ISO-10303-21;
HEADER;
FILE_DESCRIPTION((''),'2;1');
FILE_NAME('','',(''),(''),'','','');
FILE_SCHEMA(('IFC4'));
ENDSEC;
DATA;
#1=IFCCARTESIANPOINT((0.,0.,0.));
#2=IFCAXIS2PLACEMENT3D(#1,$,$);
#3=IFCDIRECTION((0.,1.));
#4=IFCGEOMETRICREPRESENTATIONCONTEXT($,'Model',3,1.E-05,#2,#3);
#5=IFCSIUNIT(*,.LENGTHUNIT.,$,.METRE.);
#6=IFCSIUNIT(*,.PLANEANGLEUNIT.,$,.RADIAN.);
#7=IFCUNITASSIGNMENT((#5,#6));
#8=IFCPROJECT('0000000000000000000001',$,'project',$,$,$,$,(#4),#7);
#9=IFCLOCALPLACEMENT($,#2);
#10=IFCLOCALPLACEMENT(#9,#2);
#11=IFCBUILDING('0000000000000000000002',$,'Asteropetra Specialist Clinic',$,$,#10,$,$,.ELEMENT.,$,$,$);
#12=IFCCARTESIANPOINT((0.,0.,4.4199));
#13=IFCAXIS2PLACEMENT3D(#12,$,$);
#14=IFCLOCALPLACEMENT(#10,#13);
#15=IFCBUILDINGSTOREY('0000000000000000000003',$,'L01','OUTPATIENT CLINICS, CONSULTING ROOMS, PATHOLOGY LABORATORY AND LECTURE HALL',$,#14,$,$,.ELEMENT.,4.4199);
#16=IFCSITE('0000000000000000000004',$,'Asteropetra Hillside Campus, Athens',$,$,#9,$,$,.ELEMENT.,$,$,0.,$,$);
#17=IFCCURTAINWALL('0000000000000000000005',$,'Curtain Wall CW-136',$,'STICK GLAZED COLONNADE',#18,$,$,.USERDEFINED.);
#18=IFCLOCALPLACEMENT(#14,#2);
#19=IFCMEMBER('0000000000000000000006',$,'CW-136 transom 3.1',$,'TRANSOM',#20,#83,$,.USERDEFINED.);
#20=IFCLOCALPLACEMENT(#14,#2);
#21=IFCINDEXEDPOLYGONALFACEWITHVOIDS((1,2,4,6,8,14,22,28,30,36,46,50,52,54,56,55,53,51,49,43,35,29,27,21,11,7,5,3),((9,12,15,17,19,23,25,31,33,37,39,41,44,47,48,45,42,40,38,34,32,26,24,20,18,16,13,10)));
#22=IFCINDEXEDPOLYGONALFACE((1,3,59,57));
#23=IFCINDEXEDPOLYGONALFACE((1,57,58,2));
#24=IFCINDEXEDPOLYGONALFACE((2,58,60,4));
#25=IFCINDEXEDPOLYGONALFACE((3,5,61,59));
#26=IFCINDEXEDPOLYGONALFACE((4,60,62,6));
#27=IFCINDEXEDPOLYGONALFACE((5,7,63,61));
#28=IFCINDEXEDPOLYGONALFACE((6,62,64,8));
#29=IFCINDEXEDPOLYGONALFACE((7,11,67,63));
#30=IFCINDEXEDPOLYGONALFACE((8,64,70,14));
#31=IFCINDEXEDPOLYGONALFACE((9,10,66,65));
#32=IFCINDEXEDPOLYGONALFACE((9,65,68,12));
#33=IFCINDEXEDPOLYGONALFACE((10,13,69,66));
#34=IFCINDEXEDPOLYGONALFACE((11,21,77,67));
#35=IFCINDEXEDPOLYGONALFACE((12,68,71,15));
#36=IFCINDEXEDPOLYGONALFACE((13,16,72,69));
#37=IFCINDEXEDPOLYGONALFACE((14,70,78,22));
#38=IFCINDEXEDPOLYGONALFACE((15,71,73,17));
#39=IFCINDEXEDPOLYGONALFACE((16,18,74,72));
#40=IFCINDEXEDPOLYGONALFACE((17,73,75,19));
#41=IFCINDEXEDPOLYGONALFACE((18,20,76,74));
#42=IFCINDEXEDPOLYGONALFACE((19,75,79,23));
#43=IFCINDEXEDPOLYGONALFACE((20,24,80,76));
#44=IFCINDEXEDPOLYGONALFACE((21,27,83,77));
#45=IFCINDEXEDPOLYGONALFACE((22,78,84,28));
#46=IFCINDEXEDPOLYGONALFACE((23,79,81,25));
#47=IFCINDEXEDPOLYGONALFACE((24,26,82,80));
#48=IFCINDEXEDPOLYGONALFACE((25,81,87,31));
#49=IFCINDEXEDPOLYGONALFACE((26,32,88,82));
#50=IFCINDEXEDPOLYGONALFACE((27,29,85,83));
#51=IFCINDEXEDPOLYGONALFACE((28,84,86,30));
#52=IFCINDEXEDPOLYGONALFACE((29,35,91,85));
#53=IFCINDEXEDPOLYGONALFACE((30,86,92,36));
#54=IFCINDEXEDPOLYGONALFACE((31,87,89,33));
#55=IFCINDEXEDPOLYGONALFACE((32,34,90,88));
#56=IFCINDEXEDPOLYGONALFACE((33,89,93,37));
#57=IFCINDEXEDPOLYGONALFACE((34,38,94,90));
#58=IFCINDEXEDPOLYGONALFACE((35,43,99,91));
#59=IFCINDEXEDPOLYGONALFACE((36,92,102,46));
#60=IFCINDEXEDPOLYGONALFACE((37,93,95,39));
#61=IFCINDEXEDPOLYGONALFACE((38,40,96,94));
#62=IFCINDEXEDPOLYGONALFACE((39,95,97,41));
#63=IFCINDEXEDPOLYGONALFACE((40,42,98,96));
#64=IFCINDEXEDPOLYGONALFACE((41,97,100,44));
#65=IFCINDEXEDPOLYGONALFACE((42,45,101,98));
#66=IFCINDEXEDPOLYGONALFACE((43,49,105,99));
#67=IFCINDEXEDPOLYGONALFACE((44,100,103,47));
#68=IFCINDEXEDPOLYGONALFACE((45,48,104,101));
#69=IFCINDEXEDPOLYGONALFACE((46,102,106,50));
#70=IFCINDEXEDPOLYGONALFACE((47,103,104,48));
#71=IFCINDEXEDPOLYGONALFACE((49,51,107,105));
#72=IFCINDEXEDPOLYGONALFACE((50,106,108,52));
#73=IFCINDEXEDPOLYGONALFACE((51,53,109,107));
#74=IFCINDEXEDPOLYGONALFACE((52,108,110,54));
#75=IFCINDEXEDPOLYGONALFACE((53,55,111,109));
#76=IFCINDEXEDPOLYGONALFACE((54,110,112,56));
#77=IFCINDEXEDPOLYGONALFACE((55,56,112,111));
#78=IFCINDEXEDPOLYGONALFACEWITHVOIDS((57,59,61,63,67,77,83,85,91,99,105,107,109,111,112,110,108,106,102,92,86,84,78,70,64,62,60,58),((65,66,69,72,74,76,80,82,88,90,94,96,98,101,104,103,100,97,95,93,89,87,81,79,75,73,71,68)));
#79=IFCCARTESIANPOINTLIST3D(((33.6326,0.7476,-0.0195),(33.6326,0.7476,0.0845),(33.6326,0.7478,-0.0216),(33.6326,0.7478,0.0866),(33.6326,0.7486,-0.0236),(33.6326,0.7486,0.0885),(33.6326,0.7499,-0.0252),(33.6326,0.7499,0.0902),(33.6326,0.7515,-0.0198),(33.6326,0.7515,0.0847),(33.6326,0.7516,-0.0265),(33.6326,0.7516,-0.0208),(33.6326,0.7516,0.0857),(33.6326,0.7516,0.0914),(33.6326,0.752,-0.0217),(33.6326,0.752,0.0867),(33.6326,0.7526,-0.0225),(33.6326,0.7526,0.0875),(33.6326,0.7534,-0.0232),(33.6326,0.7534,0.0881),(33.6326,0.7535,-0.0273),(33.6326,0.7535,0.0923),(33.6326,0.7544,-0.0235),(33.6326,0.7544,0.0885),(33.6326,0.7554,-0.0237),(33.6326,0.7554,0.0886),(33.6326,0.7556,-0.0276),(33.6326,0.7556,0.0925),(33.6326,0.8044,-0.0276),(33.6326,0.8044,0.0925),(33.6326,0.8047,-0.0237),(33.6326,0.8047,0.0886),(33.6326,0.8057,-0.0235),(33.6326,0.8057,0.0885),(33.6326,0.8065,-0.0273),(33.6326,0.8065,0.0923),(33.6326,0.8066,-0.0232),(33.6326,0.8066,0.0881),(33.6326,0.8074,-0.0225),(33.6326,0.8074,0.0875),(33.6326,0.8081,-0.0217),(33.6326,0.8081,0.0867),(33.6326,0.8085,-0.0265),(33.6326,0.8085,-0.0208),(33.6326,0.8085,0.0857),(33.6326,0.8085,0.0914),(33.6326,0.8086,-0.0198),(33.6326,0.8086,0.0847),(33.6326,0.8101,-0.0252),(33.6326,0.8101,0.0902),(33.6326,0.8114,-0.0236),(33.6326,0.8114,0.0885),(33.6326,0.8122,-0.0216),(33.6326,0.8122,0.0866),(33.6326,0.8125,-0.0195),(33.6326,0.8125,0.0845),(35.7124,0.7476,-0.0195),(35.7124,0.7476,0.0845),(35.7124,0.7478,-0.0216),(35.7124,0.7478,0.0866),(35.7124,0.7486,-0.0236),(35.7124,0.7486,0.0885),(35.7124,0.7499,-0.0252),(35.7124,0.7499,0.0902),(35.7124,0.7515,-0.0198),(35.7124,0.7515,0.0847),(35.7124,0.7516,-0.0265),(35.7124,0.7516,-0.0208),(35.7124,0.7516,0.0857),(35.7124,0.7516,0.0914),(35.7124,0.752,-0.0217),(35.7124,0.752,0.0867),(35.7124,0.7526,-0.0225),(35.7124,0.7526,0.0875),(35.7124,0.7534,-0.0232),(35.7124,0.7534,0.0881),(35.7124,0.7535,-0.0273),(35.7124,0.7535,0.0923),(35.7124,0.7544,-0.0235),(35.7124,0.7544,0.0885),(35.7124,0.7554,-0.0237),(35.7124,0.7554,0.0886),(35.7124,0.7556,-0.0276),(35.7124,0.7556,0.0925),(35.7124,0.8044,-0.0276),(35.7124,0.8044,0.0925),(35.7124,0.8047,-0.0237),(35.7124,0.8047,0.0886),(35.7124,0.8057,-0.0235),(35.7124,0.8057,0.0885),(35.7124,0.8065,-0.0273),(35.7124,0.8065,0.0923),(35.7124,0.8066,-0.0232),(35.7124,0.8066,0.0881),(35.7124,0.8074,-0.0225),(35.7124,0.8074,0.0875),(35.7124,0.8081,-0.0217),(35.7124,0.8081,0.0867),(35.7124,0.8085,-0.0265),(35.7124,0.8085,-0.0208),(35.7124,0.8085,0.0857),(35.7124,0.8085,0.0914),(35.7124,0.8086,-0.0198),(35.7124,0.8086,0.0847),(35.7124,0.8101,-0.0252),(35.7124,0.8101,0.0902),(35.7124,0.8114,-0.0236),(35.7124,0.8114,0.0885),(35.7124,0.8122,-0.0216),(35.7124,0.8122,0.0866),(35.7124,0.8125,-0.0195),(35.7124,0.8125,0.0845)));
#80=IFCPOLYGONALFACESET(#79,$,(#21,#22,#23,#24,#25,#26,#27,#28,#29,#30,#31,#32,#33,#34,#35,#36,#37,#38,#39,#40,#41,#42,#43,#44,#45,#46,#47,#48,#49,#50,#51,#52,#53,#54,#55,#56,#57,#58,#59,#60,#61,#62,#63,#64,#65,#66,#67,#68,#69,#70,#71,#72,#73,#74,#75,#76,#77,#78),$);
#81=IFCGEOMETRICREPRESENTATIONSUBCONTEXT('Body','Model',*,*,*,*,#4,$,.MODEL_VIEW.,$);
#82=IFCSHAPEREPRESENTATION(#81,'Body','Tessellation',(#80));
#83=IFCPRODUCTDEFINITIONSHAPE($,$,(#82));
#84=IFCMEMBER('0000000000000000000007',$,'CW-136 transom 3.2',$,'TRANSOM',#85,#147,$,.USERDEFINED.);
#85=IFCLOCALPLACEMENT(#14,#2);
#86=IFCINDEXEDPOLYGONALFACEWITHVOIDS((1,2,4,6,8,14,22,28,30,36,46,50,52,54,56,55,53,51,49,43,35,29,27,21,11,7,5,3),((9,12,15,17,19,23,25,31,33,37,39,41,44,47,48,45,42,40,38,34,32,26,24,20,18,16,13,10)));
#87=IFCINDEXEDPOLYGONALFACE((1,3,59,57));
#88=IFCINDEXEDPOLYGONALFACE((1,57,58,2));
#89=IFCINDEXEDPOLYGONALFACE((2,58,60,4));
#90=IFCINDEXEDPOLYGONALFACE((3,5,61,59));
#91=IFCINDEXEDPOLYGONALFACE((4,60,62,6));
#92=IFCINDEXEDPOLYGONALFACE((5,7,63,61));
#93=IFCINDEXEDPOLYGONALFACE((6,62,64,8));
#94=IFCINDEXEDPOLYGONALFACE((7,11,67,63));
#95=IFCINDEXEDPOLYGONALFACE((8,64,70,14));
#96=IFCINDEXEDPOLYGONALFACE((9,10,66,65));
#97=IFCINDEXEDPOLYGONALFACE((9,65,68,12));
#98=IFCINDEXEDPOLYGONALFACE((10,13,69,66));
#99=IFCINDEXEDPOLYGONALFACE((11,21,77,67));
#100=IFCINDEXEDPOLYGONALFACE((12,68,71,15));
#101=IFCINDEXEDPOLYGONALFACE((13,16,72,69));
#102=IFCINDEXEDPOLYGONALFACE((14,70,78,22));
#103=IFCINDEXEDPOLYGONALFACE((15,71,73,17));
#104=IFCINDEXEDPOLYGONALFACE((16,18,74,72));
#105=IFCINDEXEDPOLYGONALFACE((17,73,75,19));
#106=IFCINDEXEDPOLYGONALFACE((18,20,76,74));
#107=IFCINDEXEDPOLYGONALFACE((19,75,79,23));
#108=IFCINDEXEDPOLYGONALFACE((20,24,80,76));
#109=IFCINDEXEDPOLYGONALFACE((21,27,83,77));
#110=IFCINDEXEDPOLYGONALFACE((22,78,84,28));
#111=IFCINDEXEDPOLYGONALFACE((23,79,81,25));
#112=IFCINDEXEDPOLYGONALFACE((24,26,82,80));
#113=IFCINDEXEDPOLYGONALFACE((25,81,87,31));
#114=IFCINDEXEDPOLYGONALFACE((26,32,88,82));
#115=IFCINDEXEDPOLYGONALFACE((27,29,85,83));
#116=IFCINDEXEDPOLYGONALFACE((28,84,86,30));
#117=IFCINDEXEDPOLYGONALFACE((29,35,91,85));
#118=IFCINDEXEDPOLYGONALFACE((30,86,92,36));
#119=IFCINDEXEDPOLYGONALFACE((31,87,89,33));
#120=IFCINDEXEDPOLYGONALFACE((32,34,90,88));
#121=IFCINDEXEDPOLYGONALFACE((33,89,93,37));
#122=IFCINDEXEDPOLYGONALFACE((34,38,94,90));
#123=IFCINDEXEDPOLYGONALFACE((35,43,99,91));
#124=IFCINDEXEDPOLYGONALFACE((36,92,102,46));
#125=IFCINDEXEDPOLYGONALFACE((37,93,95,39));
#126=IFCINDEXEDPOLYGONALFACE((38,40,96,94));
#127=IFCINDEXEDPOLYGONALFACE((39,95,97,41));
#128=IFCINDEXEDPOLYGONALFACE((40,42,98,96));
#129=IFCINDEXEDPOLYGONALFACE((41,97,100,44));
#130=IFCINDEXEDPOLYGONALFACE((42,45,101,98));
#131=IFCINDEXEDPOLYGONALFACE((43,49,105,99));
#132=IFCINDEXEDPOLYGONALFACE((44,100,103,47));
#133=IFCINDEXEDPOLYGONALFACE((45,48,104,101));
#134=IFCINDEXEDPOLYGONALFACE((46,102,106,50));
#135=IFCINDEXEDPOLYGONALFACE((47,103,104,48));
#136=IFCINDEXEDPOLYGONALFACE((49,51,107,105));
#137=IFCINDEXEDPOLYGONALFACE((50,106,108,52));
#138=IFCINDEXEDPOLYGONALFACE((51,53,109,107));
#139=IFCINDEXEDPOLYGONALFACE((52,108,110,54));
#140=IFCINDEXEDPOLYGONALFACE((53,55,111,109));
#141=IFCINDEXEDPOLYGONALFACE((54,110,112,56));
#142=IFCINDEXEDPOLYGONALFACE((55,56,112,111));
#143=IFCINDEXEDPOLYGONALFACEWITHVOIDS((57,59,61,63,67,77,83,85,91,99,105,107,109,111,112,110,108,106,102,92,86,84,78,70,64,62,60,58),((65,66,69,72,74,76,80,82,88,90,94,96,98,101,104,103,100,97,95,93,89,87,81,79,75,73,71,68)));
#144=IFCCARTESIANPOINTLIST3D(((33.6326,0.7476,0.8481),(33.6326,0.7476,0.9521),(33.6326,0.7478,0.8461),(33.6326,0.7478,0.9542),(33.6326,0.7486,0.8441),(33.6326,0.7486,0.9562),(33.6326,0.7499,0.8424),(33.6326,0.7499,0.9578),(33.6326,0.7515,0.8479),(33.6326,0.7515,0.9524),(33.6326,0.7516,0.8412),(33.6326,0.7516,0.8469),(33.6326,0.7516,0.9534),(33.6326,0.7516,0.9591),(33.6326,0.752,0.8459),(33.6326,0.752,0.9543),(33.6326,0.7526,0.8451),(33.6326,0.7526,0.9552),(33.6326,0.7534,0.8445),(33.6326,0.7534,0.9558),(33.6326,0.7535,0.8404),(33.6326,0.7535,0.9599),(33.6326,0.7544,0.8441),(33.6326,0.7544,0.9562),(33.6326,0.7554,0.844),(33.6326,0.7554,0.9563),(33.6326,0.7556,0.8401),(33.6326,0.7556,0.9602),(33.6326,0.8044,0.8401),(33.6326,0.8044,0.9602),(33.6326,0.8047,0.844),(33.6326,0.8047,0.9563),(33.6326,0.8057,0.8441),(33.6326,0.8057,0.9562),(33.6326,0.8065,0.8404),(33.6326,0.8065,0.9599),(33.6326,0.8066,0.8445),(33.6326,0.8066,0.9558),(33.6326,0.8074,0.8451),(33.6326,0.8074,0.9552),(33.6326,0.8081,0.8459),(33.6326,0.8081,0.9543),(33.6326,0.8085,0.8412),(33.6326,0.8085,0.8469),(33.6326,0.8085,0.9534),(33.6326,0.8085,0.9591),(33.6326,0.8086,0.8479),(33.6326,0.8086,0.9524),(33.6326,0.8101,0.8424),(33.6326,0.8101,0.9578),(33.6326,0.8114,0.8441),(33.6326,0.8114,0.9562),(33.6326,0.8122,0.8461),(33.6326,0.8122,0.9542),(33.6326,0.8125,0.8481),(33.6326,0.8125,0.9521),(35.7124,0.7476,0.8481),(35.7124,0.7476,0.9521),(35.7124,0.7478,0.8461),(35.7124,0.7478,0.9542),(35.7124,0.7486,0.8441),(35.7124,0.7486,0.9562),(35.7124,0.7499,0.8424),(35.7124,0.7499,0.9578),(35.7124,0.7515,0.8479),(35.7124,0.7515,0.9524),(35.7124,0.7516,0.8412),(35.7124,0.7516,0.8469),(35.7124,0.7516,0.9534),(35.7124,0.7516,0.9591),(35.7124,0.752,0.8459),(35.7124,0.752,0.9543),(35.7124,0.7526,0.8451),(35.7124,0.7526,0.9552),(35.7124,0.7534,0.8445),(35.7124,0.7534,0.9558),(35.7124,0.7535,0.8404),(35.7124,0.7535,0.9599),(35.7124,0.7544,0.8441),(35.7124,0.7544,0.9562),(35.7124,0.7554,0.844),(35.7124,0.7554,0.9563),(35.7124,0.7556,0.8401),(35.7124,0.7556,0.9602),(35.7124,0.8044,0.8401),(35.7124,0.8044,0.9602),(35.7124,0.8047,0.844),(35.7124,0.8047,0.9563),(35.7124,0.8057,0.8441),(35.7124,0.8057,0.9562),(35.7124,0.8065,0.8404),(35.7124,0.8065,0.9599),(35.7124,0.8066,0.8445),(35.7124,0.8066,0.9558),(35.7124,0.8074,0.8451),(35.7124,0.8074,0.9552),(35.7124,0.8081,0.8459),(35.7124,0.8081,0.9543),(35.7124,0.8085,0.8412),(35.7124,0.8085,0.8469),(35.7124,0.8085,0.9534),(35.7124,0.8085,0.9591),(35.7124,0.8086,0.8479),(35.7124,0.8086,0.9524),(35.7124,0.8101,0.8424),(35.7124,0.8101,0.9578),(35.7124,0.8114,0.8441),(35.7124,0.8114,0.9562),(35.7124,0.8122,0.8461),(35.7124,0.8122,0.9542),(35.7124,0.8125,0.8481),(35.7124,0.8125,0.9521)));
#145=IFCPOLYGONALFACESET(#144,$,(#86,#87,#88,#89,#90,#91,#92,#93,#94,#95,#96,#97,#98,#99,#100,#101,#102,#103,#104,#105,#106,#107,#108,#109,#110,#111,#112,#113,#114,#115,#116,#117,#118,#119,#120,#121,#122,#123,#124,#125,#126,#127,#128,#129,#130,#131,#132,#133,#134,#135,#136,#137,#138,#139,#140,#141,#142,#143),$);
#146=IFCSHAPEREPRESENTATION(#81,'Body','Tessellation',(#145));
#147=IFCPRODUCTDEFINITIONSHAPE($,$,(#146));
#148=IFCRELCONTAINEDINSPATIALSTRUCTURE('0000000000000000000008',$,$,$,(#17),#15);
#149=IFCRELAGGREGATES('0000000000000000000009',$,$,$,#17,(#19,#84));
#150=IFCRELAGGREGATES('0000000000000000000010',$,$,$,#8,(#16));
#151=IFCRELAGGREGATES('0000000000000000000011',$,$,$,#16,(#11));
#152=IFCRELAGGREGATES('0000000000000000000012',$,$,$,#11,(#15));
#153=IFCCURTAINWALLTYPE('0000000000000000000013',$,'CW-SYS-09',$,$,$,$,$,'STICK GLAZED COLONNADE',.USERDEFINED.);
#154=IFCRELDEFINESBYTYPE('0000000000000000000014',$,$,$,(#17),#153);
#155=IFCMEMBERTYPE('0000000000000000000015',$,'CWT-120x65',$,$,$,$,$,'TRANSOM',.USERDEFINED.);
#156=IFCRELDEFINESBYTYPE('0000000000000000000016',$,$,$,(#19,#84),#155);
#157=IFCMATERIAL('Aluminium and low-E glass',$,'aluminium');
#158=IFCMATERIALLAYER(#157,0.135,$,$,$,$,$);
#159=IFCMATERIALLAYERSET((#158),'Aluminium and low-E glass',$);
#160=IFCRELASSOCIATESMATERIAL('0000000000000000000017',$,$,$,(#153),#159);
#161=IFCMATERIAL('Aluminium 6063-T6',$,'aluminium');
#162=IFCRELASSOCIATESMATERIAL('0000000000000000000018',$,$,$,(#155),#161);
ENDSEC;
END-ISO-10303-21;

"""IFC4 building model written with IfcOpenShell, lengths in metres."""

from ifc_helpers import new_model, si_unit, direction, frame, origin, origin_2d, place, context, subcontext, project, spatial, hollow_rectangle, extrude, material, layer, layer_set, material_profile, profile_set, type_object, element, aggregate, save


model = new_model("IFC4")

# Units and contexts
model_context = context("Model", 3, precision=1e-05, world=origin(), true_north=direction((0.0, 1.0)))
body_context = subcontext(model_context, "Body", "Model", "MODEL_VIEW")
ifc_project = project(units=[si_unit("LENGTHUNIT", "METRE"), si_unit("PLANEANGLEUNIT", "RADIAN")], contexts=[model_context])

# Site, building, storey
site_placement = place(None, origin())
site = spatial("IfcSite", under=ifc_project, at=site_placement, Name="Asteropetra Hillside Campus, Athens", CompositionType="ELEMENT", RefElevation=0.0)
building_placement = place(site_placement, origin())
building = spatial("IfcBuilding", under=site, at=building_placement, Name="Asteropetra Specialist Clinic", CompositionType="ELEMENT")
storey_placement = place(building_placement, frame((0.0, 0.0, 4.4199)))
storey = spatial("IfcBuildingStorey", under=building, at=storey_placement, Name="L01", Description="OUTPATIENT CLINICS, CONSULTING ROOMS, PATHOLOGY LABORATORY AND LECTURE HALL", CompositionType="ELEMENT", Elevation=4.4199)

# Curtain wall, members
ifc_material_1 = material(Name="Aluminium and low-E glass", Category="aluminium")
ifc_layer_1 = layer(ifc_material_1, 0.135)
ifc_layer_set_1 = layer_set([ifc_layer_1], Name="Aluminium and low-E glass")
curtain_wall_type = type_object("IfcCurtainWallType", Name="CW-SYS-09", ElementType="STICK GLAZED COLONNADE", PredefinedType="USERDEFINED", material=ifc_layer_set_1)
curtain_wall_placement = place(storey_placement, origin())
curtain_wall = element("IfcCurtainWall", 1, at=curtain_wall_placement, inside=storey, type_object=curtain_wall_type, Name="Curtain Wall CW-136", ObjectType="STICK GLAZED COLONNADE", PredefinedType="USERDEFINED")
ifc_material_2 = material(Name="Aluminium 6063-T6", Category="aluminium")
ifc_material_profile_1 = material_profile(ifc_material_2, hollow_rectangle(XDim=0.0649, YDim=0.1201, WallThickness=0.0039, InnerFilletRadius=0.0039, OuterFilletRadius=0.0081, at=origin_2d()), Name="TRN 120x65x4.0")
ifc_profile_set_1 = profile_set([ifc_material_profile_1], Name="Aluminium 6063-T6")
member_type_1 = type_object("IfcMemberType", Name="CWT-120x65", ElementType="TRANSOM", PredefinedType="USERDEFINED", material=ifc_profile_set_1)
member_1_placement = place(storey_placement, frame((33.6326, 0.78, 0.0325), z_axis=(1.0, 0.0, 0.0), x_axis=(0.0, 1.0, 0.0)))
member_1 = element("IfcMember", 2, at=member_1_placement, type_object=member_type_1, Name="CW-136 transom 3.1", ObjectType="TRANSOM", PredefinedType="USERDEFINED", context=body_context, shape_type="SweptSolid", body=[
    extrude(hollow_rectangle(XDim=0.0649, YDim=0.1201, WallThickness=0.0039, InnerFilletRadius=0.0039, OuterFilletRadius=0.0081, at=origin_2d()), origin(), (0.0, 0.0, 1.0), 2.0798),
])
member_2_placement = place(storey_placement, frame((33.6326, 0.78, 0.9001), z_axis=(1.0, 0.0, 0.0), x_axis=(0.0, 1.0, 0.0)))
member_2 = element("IfcMember", 3, at=member_2_placement, type_object=member_type_1, Name="CW-136 transom 3.2", ObjectType="TRANSOM", PredefinedType="USERDEFINED", context=body_context, shape_type="SweptSolid", body=[
    extrude(hollow_rectangle(XDim=0.0649, YDim=0.1201, WallThickness=0.0039, InnerFilletRadius=0.0039, OuterFilletRadius=0.0081, at=origin_2d()), origin(), (0.0, 0.0, 1.0), 2.0798),
])

aggregate(curtain_wall, [member_1, member_2])

save(model, "model.ifc")
